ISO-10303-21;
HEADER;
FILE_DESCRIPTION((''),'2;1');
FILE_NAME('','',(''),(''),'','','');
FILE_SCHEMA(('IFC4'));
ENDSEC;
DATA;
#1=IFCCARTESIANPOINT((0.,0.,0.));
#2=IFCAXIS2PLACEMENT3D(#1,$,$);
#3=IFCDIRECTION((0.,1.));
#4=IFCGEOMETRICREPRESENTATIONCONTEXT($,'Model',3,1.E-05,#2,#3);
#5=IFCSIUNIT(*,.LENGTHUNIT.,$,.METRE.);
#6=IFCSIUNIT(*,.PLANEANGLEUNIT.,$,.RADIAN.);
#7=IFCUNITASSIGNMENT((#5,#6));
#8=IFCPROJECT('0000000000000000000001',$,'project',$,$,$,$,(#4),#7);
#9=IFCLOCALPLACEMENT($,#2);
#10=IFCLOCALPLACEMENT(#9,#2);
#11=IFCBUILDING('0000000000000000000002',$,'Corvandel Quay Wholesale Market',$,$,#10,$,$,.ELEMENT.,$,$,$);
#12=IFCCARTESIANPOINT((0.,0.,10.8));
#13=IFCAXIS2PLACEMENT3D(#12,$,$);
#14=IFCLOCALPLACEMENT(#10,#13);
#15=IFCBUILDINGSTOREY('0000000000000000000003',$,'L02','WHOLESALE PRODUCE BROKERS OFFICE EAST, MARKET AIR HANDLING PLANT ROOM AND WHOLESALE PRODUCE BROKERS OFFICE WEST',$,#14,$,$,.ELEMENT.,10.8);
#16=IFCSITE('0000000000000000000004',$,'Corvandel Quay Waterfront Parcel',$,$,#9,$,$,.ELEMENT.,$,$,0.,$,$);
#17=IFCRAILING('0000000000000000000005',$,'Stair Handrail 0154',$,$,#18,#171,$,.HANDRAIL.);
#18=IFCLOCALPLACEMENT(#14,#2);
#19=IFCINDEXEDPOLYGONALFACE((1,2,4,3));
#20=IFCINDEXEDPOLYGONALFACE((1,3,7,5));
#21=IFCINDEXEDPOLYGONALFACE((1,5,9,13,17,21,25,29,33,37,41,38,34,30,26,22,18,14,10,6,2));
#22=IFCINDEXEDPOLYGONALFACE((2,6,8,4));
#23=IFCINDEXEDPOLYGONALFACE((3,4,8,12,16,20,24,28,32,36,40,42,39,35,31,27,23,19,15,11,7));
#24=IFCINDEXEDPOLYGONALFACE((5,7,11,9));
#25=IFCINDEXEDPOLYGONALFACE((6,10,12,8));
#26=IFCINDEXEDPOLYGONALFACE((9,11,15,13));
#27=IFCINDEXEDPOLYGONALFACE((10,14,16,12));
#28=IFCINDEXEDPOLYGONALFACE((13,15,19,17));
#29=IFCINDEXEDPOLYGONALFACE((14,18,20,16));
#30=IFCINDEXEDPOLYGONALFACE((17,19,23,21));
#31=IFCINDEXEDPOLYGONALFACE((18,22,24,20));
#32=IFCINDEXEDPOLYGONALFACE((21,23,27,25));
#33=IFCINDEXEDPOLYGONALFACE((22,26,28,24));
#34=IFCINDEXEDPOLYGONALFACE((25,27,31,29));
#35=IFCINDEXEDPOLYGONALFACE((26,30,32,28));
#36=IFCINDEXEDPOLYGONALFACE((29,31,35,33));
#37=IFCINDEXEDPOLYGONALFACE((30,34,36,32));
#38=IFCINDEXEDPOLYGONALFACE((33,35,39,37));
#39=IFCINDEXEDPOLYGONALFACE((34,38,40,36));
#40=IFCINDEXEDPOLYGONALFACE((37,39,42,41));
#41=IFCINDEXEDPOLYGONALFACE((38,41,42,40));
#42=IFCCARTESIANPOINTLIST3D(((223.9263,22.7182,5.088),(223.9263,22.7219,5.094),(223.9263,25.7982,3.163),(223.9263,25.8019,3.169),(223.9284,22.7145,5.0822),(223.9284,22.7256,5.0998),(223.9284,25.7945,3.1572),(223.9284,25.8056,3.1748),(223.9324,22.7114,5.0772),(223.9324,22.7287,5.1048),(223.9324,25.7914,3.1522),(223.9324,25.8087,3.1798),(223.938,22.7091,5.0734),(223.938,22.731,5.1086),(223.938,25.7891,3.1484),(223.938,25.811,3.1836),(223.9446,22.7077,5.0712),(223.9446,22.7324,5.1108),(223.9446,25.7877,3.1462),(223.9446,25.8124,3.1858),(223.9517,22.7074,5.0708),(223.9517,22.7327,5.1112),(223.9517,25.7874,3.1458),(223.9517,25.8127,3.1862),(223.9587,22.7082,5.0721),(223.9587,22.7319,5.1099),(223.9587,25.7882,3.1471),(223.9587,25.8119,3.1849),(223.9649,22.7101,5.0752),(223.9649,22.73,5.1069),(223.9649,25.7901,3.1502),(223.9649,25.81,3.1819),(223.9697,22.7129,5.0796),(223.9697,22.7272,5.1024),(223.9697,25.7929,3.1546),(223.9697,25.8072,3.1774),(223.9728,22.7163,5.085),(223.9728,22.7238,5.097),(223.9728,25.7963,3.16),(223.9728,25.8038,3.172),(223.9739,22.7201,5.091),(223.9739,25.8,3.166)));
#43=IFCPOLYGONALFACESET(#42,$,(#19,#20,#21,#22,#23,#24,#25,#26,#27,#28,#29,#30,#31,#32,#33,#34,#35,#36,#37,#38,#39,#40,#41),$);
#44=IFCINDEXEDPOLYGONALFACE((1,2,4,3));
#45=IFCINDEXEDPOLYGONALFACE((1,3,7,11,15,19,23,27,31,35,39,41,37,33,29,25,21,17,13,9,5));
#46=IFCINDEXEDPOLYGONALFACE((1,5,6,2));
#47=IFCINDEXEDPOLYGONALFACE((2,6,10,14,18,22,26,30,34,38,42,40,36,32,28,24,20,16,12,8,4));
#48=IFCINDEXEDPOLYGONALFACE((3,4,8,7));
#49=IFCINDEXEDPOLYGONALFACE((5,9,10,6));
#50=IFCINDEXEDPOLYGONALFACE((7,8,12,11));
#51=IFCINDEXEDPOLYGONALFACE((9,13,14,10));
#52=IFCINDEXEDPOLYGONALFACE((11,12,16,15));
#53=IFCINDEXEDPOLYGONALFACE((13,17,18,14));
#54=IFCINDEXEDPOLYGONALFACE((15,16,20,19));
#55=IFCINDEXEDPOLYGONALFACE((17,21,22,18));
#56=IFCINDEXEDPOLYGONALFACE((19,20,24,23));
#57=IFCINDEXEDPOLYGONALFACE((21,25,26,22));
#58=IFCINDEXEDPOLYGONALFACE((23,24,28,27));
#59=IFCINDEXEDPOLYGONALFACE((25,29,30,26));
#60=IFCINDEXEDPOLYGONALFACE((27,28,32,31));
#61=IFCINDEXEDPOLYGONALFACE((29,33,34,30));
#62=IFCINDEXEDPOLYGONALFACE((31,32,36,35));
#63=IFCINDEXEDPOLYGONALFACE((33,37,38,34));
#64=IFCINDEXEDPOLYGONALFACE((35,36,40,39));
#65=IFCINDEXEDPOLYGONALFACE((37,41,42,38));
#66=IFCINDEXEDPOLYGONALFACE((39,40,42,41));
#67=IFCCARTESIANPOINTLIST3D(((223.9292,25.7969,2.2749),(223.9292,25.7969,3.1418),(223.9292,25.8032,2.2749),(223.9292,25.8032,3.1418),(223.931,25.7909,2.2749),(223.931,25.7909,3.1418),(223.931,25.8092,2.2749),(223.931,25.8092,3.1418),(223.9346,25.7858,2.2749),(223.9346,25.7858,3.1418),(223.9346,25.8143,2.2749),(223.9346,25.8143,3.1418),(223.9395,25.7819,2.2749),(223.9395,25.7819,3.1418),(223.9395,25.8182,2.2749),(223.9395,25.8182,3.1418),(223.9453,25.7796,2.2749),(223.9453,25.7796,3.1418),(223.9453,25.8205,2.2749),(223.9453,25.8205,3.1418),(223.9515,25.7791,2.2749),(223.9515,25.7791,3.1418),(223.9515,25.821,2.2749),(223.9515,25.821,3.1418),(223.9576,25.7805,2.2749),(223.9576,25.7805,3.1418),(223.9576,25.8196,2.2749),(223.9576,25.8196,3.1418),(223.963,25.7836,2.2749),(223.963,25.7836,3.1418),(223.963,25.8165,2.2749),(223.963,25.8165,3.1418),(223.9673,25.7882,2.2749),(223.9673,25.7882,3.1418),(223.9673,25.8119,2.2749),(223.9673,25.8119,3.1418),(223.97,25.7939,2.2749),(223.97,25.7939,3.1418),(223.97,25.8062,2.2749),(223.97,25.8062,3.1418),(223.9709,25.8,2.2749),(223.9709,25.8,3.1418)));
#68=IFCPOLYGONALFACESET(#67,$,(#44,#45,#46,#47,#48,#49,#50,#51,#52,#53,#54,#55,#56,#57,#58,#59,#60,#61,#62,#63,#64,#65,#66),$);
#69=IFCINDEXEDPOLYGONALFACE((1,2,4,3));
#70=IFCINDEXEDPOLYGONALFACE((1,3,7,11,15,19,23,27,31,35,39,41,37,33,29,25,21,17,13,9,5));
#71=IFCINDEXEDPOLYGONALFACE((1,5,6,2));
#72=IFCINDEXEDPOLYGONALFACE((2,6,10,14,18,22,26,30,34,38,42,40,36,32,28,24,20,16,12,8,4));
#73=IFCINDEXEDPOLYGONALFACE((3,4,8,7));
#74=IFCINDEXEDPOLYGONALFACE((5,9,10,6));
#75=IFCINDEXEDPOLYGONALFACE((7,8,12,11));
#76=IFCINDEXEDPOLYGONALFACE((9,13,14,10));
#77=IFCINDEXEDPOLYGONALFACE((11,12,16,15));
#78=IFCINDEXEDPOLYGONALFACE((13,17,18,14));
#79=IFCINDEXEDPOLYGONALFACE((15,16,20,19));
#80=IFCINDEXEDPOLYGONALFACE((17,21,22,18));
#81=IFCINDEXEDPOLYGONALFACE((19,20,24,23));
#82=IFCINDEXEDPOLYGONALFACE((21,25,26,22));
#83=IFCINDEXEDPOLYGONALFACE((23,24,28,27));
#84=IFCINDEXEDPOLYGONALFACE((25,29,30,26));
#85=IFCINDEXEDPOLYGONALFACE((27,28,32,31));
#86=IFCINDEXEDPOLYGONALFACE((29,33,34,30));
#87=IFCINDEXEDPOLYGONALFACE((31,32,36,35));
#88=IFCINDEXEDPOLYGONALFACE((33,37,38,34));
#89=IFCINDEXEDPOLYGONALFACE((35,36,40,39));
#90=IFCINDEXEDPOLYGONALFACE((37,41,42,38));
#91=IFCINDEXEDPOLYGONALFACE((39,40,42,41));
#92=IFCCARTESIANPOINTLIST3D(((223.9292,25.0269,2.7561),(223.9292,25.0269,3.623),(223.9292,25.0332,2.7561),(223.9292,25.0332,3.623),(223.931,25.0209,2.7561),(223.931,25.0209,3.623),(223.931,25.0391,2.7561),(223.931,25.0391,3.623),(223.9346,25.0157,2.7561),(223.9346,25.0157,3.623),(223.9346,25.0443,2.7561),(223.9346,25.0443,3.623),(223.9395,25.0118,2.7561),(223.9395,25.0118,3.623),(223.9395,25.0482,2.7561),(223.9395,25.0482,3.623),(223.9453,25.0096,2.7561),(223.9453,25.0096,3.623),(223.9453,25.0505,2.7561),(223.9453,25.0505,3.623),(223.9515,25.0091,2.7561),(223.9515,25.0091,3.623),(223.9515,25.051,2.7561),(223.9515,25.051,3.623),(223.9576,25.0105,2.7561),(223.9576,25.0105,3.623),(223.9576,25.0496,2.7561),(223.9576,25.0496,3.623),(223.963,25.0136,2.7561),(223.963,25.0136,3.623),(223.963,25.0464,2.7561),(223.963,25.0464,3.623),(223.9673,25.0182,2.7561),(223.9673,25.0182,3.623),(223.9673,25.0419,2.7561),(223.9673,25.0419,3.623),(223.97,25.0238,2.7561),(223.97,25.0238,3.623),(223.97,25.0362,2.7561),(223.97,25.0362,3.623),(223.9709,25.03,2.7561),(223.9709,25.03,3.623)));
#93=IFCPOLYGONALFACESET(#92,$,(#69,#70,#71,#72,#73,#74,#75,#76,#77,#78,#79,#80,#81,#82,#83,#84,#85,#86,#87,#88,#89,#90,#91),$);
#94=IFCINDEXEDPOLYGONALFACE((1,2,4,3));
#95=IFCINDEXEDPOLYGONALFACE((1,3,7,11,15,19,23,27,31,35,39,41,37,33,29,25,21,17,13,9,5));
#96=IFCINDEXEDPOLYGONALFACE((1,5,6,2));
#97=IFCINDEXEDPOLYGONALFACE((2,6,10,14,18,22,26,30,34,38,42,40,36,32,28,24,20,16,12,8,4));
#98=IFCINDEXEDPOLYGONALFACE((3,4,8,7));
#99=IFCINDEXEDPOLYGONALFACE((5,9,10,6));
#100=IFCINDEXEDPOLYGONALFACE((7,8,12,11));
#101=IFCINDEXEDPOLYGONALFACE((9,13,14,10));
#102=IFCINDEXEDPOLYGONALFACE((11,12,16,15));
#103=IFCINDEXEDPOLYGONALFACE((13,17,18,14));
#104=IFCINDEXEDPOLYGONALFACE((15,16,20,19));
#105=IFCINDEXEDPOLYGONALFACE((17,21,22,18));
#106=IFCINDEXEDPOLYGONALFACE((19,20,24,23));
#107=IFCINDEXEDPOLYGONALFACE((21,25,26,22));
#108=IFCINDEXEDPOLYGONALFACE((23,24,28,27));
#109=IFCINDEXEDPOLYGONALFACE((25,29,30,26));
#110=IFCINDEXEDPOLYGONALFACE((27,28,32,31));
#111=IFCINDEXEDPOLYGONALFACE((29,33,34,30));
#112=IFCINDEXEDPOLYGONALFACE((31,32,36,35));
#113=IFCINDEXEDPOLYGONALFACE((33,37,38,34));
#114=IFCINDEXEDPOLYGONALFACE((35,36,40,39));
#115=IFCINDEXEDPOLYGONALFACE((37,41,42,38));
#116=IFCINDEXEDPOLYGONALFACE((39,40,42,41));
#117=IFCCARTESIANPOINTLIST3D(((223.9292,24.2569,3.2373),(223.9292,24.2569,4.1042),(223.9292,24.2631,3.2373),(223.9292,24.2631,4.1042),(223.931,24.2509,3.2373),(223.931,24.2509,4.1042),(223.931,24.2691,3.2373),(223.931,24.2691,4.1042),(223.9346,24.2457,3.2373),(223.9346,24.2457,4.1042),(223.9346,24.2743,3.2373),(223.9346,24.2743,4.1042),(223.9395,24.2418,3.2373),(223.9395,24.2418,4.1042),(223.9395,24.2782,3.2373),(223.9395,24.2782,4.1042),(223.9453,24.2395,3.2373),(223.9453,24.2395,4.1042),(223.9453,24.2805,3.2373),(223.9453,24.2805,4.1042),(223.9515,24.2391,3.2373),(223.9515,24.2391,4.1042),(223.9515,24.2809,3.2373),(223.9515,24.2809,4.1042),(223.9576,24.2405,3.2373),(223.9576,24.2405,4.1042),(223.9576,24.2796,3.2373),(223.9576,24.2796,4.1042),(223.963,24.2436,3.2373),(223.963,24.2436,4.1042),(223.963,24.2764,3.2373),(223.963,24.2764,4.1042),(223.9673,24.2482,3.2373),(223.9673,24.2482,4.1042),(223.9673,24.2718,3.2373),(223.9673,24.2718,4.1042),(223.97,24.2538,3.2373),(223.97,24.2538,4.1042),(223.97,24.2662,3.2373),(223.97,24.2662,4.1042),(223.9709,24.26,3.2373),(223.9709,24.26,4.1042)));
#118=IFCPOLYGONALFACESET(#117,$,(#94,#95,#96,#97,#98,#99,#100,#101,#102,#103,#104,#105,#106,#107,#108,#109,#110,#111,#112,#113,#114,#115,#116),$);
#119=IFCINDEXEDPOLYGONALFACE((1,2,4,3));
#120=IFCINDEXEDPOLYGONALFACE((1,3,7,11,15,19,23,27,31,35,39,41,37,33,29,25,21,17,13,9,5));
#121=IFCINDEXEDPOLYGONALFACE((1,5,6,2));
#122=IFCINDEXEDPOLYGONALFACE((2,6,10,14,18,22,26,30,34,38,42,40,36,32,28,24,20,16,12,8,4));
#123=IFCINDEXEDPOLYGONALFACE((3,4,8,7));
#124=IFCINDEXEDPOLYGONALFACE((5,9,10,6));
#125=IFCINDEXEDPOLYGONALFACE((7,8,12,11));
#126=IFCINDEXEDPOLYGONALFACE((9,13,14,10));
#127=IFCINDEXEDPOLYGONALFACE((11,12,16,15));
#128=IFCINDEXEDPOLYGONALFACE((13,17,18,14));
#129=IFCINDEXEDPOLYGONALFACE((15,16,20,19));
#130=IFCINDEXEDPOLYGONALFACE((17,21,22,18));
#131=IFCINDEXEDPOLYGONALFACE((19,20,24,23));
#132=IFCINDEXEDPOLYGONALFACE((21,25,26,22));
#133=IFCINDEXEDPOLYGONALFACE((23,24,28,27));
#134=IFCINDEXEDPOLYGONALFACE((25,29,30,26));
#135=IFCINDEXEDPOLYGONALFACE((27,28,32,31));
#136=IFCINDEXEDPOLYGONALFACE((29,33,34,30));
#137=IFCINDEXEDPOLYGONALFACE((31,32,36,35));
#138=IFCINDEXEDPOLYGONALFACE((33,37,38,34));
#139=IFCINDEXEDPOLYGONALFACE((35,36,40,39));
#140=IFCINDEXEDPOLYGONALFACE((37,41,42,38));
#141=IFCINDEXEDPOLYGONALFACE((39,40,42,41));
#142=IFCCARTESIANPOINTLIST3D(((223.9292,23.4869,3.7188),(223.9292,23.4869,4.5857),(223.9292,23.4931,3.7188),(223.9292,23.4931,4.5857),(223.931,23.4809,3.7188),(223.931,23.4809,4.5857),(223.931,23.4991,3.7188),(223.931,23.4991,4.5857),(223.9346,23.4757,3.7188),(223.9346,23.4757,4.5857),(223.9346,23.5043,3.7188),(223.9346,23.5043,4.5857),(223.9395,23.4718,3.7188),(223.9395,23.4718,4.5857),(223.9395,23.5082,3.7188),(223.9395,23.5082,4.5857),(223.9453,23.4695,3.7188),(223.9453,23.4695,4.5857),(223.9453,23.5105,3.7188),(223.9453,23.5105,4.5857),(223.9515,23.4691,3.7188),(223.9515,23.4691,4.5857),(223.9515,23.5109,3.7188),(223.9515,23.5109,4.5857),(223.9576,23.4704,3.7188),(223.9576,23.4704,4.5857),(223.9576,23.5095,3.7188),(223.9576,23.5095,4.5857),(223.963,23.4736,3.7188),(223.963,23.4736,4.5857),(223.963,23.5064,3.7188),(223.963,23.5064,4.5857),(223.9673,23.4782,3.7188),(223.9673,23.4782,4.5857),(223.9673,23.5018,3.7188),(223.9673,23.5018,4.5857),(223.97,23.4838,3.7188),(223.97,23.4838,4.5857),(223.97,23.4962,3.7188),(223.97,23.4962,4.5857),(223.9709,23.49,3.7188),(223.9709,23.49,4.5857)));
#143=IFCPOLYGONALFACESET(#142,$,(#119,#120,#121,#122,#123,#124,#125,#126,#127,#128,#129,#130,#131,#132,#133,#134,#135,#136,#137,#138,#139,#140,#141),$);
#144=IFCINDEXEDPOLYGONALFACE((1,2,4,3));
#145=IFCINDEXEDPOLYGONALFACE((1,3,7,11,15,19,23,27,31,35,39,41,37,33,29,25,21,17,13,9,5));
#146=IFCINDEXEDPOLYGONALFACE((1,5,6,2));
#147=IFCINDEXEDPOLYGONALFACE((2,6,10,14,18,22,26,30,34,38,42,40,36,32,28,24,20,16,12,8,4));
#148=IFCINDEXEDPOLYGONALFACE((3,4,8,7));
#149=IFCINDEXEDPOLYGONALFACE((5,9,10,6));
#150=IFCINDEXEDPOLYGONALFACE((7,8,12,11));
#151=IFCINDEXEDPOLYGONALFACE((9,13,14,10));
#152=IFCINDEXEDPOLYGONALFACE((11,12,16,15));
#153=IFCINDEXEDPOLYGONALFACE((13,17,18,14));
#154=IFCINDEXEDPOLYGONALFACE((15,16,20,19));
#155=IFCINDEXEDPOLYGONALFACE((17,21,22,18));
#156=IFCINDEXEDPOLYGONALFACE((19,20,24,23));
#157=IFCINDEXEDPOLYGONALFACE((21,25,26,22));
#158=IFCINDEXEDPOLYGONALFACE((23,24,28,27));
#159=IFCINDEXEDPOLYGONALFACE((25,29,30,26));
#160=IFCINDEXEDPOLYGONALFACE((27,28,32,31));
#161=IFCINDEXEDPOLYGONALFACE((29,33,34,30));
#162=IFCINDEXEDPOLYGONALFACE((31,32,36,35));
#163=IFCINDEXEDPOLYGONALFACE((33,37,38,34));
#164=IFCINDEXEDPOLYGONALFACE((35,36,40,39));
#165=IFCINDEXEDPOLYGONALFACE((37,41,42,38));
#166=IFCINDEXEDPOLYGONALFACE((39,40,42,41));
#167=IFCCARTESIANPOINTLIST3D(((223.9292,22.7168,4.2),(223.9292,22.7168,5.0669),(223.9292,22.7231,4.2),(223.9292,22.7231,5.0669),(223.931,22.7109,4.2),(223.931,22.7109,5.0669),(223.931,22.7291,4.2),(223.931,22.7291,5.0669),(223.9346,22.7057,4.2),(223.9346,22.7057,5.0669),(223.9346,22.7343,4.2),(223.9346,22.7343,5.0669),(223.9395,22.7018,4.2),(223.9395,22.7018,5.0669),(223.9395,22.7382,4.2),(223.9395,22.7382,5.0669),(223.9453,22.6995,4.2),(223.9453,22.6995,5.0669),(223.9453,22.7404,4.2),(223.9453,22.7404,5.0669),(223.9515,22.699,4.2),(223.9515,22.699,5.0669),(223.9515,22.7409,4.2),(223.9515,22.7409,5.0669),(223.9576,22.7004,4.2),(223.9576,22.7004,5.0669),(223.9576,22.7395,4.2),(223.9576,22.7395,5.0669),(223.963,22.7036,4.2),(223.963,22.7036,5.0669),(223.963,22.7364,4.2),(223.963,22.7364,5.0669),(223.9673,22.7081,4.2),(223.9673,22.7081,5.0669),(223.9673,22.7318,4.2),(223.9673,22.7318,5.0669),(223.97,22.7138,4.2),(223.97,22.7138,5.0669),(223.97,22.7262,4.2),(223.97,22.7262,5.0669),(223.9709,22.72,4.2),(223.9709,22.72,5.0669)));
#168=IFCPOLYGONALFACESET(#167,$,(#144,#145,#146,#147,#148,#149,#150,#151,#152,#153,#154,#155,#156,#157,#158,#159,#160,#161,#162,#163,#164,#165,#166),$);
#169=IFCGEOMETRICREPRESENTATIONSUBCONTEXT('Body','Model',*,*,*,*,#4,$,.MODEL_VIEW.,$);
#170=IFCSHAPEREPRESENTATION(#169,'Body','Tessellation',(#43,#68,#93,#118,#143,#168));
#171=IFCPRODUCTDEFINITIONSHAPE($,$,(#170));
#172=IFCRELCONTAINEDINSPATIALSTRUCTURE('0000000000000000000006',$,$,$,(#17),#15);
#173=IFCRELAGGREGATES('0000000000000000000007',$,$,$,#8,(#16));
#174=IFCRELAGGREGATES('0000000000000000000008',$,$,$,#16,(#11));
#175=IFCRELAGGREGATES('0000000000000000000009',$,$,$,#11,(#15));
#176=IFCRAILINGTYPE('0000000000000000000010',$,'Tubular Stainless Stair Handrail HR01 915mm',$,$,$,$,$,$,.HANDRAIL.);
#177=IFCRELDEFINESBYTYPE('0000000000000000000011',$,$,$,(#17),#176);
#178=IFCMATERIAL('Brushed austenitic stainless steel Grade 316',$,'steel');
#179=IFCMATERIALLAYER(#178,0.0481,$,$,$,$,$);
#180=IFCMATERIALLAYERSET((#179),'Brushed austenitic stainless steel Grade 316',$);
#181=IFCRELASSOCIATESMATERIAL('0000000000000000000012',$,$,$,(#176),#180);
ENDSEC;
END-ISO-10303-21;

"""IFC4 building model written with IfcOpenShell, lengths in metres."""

from ifc_helpers import new_model, si_unit, direction, frame, origin, origin_2d, place, context, subcontext, project, spatial, circle, extrude, material, layer, layer_set, type_object, element, save


model = new_model("IFC4")

# Units and contexts
model_context = context("Model", 3, precision=1e-05, world=origin(), true_north=direction((0.0, 1.0)))
body_context = subcontext(model_context, "Body", "Model", "MODEL_VIEW")
ifc_project = project(units=[si_unit("LENGTHUNIT", "METRE"), si_unit("PLANEANGLEUNIT", "RADIAN")], contexts=[model_context])

# Site, building, storey
site_placement = place(None, origin())
site = spatial("IfcSite", under=ifc_project, at=site_placement, Name="Corvandel Quay Waterfront Parcel", CompositionType="ELEMENT", RefElevation=0.0)
building_placement = place(site_placement, origin())
building = spatial("IfcBuilding", under=site, at=building_placement, Name="Corvandel Quay Wholesale Market", CompositionType="ELEMENT")
storey_placement = place(building_placement, frame((0.0, 0.0, 10.8)))
storey = spatial("IfcBuildingStorey", under=building, at=storey_placement, Name="L02", Description="WHOLESALE PRODUCE BROKERS OFFICE EAST, MARKET AIR HANDLING PLANT ROOM AND WHOLESALE PRODUCE BROKERS OFFICE WEST", CompositionType="ELEMENT", Elevation=10.8)

# Railing
ifc_material_1 = material(Name="Brushed austenitic stainless steel Grade 316", Category="steel")
ifc_layer_1 = layer(ifc_material_1, 0.0481)
ifc_layer_set_1 = layer_set([ifc_layer_1], Name="Brushed austenitic stainless steel Grade 316")
railing_type = type_object("IfcRailingType", Name="Tubular Stainless Stair Handrail HR01 915mm", PredefinedType="HANDRAIL", material=ifc_layer_set_1)
for number, where, name in (
    (1, (223.95, 25.8, 2.2749), "Stair Handrail 0154"),
):
    element("IfcRailing", number, at=place(storey_placement, frame(where)), inside=storey, type_object=railing_type, Name=name, PredefinedType="HANDRAIL", context=body_context, shape_type="SweptSolid", body=[
        extrude(circle(Radius=0.0239, at=origin_2d()), frame((0.0, 0.0, 0.8911), z_axis=(0.0, -0.847998, 0.529999), x_axis=(1.0, 0.0, 0.0)), (0.0, 0.0, 1.0), 3.6321),
        extrude(circle(Radius=0.021, at=origin_2d()), origin(), (0.0, 0.0, 1.0), 0.8669),
        extrude(circle(Radius=0.021, at=origin_2d()), frame((0.0, -0.77, 0.4812)), (0.0, 0.0, 1.0), 0.8669),
        extrude(circle(Radius=0.021, at=origin_2d()), frame((0.0, -1.54, 0.9624)), (0.0, 0.0, 1.0), 0.8669),
        extrude(circle(Radius=0.021, at=origin_2d()), frame((0.0, -2.3101, 1.4438)), (0.0, 0.0, 1.0), 0.8669),
        extrude(circle(Radius=0.021, at=origin_2d()), frame((0.0, -3.0801, 1.925)), (0.0, 0.0, 1.0), 0.8669),
    ])

save(model, "model.ifc")
